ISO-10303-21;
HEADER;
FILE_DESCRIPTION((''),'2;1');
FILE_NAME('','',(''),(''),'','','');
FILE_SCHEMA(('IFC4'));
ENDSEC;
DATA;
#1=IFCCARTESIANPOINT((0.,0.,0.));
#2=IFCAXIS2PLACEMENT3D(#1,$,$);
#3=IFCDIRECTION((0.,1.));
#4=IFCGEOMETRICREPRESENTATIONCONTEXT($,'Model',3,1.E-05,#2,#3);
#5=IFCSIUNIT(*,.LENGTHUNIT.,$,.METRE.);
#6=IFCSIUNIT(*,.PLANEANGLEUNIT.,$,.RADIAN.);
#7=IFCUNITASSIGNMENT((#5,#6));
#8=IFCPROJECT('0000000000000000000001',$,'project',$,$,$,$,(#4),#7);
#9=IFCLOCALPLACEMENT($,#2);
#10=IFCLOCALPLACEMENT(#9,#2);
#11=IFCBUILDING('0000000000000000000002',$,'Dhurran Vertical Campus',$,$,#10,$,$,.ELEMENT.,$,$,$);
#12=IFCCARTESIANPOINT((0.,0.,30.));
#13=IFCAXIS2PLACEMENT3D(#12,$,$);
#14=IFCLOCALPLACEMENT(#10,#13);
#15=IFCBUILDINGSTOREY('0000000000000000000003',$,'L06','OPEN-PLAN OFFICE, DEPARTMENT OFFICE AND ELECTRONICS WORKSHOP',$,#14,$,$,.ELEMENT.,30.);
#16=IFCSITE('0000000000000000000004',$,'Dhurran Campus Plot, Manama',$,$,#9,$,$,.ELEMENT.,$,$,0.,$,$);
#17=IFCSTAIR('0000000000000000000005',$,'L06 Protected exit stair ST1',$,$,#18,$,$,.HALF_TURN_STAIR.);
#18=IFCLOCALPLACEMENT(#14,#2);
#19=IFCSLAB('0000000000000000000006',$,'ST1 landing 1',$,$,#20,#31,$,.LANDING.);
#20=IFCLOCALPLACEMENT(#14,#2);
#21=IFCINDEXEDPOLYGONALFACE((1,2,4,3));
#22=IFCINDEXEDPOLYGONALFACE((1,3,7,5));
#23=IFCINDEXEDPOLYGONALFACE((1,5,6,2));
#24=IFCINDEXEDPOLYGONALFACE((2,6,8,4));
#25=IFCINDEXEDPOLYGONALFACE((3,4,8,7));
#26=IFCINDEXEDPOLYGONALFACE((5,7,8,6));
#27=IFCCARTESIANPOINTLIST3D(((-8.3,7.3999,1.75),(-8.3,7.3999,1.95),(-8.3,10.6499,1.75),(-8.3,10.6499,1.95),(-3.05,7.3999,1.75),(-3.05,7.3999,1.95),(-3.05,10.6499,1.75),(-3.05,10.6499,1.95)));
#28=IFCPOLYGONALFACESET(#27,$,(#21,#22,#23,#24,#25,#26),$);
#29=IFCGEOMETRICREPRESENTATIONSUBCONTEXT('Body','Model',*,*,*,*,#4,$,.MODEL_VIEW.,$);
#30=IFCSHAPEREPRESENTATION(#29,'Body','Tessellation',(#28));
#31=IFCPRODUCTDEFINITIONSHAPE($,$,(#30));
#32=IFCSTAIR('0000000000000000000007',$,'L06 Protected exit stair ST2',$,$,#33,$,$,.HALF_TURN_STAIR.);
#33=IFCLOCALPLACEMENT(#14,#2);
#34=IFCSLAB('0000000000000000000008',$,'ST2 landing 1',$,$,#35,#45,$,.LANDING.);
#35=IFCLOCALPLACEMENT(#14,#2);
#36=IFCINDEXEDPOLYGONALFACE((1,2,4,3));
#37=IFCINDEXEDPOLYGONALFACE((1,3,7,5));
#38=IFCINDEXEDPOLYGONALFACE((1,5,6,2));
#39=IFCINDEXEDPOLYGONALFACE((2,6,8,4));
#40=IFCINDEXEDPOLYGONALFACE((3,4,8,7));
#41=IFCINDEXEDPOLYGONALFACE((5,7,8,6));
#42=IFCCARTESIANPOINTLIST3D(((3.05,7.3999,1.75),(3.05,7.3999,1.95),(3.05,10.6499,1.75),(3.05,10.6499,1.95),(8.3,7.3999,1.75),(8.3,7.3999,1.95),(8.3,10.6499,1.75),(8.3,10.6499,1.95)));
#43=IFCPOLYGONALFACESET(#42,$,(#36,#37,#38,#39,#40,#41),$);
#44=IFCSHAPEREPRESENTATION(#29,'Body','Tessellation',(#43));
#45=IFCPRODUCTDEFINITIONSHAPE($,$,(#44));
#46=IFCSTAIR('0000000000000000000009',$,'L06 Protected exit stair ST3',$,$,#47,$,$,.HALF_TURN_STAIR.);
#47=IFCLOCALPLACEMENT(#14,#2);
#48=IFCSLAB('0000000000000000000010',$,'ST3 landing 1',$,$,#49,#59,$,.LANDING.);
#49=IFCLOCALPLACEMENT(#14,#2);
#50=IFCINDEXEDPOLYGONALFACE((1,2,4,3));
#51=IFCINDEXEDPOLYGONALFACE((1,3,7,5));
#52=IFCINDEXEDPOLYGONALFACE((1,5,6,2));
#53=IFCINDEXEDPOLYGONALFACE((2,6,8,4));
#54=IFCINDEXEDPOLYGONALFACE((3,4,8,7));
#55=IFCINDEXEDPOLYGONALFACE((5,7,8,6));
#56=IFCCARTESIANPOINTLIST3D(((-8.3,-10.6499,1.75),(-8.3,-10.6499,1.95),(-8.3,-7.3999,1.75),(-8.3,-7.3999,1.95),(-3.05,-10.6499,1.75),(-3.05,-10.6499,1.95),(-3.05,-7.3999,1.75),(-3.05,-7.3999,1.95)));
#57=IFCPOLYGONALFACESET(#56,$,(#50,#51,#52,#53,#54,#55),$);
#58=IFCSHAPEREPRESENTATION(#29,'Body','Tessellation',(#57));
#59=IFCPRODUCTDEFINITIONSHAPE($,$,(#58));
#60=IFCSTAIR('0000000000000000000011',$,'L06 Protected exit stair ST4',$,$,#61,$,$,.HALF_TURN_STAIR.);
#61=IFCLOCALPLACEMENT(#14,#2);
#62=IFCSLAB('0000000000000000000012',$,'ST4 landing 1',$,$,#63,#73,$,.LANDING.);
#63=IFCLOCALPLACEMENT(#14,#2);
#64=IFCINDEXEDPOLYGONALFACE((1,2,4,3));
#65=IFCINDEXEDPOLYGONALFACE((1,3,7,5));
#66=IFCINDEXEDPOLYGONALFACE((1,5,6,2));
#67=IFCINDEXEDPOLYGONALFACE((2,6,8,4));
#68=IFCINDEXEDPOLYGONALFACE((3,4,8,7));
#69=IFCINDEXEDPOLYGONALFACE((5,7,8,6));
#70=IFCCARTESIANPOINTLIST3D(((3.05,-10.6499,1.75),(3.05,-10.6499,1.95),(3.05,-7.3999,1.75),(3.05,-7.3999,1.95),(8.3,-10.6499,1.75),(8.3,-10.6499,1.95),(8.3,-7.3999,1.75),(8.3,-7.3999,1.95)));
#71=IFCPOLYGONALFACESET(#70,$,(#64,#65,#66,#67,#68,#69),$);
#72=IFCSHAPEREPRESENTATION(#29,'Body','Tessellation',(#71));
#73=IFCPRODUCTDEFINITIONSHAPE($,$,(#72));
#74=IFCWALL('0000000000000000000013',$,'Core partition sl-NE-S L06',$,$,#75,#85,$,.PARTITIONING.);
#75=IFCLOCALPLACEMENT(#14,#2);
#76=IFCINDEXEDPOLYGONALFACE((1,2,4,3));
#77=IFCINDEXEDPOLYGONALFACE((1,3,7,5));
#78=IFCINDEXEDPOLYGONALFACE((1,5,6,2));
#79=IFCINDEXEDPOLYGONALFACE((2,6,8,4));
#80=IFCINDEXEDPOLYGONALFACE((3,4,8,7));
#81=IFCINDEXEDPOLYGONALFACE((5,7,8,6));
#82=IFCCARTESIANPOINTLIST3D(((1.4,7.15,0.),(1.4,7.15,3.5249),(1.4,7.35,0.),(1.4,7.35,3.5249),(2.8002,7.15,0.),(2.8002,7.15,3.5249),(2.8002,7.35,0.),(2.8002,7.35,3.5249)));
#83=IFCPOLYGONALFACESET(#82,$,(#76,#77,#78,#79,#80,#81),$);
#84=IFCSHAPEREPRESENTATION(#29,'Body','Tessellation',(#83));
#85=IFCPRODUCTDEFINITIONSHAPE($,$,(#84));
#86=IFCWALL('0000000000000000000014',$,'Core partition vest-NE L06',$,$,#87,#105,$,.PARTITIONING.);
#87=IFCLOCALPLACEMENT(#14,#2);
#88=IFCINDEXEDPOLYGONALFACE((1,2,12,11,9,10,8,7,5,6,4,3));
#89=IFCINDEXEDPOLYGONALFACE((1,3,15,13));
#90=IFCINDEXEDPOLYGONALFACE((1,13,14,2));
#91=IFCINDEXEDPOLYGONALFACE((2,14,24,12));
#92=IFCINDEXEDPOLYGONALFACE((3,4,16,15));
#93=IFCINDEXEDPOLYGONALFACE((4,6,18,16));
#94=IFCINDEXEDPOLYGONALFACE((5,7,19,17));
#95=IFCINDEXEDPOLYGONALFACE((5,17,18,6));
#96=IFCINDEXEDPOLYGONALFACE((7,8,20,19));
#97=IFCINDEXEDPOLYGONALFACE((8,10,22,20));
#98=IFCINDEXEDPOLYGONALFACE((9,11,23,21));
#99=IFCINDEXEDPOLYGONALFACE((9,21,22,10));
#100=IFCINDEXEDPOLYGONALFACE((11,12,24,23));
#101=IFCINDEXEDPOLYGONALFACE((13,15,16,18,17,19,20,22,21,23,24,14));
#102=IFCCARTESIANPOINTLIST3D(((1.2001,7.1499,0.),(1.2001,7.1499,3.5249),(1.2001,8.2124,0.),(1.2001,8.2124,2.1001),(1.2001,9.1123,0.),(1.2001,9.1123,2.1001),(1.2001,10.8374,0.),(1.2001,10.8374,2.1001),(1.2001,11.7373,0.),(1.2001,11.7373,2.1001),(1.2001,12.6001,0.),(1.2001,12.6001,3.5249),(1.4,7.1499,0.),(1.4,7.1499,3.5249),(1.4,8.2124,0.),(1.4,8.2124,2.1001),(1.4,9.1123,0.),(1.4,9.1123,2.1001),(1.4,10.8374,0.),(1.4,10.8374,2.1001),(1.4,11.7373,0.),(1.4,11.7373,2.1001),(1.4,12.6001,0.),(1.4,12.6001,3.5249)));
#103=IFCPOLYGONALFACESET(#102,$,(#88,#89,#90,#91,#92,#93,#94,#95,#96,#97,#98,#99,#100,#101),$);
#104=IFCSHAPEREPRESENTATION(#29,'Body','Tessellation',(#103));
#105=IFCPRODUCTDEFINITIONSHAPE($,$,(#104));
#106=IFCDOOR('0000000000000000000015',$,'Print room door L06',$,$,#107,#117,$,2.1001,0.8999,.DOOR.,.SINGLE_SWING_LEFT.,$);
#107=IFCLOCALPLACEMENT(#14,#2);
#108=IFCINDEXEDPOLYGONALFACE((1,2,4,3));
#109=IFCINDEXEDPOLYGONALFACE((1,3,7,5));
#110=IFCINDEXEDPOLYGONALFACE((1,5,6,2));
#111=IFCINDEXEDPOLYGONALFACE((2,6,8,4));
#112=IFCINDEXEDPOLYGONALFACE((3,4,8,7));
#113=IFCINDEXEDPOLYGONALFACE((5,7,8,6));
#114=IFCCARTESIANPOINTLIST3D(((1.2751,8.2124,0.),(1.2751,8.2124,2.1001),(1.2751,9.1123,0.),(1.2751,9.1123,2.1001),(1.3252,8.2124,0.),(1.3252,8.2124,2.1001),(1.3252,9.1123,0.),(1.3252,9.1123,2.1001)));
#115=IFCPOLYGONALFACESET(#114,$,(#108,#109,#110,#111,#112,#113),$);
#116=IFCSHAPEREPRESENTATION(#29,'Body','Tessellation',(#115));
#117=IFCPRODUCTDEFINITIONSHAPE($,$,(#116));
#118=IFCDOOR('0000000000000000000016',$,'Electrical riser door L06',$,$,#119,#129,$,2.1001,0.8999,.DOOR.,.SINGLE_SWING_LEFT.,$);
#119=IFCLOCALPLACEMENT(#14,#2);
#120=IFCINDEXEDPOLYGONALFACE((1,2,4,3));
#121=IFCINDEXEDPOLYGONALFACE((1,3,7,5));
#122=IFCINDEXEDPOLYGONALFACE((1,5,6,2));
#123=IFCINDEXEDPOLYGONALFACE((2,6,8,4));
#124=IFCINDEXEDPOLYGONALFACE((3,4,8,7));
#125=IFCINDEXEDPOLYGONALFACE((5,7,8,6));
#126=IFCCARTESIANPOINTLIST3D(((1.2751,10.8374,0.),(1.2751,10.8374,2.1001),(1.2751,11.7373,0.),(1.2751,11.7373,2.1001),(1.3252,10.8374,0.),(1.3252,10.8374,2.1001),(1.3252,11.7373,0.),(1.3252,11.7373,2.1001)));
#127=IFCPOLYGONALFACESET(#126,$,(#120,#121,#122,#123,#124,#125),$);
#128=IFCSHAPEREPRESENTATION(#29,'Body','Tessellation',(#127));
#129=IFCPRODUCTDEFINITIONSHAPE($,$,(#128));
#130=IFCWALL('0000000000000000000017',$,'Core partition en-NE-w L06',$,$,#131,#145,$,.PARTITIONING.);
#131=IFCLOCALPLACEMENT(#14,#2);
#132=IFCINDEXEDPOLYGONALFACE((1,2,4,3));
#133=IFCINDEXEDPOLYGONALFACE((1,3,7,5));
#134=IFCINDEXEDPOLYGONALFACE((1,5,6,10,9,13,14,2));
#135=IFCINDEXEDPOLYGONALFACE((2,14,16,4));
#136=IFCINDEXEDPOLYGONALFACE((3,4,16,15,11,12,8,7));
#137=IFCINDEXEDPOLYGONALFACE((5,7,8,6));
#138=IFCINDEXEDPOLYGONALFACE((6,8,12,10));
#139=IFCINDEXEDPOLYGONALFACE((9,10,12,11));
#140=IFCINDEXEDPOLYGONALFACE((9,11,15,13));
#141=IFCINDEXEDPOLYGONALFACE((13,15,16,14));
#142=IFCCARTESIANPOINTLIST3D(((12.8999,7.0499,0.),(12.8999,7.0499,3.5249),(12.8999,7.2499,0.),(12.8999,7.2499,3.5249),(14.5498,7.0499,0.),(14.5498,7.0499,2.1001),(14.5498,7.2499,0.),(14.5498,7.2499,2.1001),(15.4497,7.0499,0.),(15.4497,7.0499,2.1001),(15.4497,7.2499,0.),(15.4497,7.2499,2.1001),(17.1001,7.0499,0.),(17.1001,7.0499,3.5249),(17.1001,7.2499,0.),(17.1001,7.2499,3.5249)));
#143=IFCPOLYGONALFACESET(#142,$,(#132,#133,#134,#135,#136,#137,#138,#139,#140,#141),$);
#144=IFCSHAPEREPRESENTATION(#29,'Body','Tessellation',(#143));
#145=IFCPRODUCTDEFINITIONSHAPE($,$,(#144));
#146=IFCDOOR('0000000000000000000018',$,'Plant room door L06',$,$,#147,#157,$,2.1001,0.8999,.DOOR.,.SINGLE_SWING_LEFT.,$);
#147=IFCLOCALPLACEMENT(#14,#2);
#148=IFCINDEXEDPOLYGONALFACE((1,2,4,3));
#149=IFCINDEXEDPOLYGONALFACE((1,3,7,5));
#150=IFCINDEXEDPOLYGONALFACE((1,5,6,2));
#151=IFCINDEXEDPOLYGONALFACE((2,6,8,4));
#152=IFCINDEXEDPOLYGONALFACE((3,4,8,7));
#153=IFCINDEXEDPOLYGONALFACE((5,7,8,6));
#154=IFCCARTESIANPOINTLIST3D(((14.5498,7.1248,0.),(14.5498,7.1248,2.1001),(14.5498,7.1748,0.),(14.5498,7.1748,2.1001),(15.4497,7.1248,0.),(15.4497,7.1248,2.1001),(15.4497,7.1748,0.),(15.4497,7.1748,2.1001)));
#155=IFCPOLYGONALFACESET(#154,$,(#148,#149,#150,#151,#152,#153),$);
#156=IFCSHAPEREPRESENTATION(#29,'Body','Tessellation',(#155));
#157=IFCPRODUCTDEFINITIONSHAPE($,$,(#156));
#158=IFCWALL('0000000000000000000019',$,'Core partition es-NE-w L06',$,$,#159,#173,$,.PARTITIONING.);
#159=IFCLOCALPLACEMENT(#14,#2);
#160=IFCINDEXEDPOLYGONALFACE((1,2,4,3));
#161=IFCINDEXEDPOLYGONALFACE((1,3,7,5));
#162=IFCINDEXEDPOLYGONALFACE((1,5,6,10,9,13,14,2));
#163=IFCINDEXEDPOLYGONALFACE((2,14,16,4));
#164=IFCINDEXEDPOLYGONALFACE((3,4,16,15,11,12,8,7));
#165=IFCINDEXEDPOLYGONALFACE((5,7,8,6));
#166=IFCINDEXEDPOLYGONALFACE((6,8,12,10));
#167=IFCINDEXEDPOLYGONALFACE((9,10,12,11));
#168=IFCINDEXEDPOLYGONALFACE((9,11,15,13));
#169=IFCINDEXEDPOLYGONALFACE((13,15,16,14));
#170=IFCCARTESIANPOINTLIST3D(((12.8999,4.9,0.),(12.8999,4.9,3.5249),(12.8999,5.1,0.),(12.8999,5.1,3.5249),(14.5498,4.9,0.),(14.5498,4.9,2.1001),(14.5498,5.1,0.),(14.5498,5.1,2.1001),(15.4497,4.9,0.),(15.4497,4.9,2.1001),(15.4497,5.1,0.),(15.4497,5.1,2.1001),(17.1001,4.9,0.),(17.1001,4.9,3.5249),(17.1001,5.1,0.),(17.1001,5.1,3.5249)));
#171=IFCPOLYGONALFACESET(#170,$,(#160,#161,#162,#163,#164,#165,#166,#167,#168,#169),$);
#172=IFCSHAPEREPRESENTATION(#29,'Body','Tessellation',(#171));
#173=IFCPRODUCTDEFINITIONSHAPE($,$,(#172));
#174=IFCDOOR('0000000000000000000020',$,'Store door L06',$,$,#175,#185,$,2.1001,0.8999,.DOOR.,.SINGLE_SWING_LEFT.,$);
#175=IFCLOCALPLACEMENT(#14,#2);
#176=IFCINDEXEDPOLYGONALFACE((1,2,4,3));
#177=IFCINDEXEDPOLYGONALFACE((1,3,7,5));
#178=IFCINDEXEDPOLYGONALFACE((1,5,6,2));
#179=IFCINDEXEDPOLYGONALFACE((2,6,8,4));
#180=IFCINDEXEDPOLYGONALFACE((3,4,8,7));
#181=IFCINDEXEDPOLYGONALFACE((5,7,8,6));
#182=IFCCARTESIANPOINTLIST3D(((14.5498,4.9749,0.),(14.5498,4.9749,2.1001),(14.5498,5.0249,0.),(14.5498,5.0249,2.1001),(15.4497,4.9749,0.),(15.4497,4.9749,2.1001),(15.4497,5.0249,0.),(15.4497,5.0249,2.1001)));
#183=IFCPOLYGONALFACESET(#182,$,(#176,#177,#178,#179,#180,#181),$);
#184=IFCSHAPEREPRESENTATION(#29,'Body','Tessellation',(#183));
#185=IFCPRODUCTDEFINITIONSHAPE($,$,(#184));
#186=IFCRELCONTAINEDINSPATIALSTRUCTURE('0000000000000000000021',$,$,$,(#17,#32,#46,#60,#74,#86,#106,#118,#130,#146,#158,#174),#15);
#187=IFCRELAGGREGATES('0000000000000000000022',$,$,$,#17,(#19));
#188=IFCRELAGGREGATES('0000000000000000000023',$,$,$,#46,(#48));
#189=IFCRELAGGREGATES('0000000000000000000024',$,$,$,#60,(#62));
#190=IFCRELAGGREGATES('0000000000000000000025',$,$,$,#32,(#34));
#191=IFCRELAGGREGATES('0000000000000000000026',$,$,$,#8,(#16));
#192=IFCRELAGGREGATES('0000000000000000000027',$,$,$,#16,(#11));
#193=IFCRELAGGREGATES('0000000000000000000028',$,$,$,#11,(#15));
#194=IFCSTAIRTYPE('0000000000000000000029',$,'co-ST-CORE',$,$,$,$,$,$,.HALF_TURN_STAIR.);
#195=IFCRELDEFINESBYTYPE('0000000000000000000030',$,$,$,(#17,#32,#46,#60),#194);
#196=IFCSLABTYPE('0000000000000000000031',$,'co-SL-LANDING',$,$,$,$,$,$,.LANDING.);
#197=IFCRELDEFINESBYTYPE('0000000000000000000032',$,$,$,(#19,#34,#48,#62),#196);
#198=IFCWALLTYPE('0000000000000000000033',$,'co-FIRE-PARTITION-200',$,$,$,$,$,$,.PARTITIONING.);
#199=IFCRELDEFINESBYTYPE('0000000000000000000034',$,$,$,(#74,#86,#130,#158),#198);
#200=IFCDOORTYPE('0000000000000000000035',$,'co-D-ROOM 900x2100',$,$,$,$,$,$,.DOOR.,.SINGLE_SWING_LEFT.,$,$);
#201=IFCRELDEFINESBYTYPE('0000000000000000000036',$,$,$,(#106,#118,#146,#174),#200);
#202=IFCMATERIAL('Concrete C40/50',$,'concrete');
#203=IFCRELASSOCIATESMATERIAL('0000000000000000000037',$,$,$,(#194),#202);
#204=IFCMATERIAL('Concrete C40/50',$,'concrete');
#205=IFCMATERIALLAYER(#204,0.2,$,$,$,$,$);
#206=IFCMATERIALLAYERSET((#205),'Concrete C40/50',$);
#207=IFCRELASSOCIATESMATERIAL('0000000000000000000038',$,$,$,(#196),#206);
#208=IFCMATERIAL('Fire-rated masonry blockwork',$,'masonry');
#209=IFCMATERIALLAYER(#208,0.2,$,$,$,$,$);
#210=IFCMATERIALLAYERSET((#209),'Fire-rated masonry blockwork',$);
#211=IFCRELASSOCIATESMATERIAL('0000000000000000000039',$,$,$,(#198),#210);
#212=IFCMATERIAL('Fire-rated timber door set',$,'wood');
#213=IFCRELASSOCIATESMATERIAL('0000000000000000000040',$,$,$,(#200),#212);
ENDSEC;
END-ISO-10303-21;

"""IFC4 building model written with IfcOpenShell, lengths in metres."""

from ifc_helpers import new_model, si_unit, direction, frame, frame_2d, origin, place, context, subcontext, project, spatial, polyline, rectangle, outline, extrude, material, layer, layer_set, type_object, element, fill, aggregate, save


model = new_model("IFC4")

# Units and contexts
model_context = context("Model", 3, precision=1e-05, world=origin(), true_north=direction((0.0, 1.0)))
body_context = subcontext(model_context, "Body", "Model", "MODEL_VIEW")
ifc_project = project(units=[si_unit("LENGTHUNIT", "METRE"), si_unit("PLANEANGLEUNIT", "RADIAN")], contexts=[model_context])

# Site, building, storey
site_placement = place(None, origin())
site = spatial("IfcSite", under=ifc_project, at=site_placement, Name="Dhurran Campus Plot, Manama", CompositionType="ELEMENT", RefElevation=0.0)
building_placement = place(site_placement, origin())
building = spatial("IfcBuilding", under=site, at=building_placement, Name="Dhurran Vertical Campus", CompositionType="ELEMENT")
storey_placement = place(building_placement, frame((0.0, 0.0, 30.0)))
storey = spatial("IfcBuildingStorey", under=building, at=storey_placement, Name="L06", Description="OPEN-PLAN OFFICE, DEPARTMENT OFFICE AND ELECTRONICS WORKSHOP", CompositionType="ELEMENT", Elevation=30.0)

# Stairs, slabs
ifc_material_1 = material(Name="Concrete C40/50", Category="concrete")
stair_type = type_object("IfcStairType", Name="co-ST-CORE", PredefinedType="HALF_TURN_STAIR", material=ifc_material_1)
stair_1_placement = place(storey_placement, origin())
stair_1 = element("IfcStair", 1, at=stair_1_placement, inside=storey, type_object=stair_type, Name="L06 Protected exit stair ST1", PredefinedType="HALF_TURN_STAIR")
ifc_material_2 = material(Name="Concrete C40/50", Category="concrete")
ifc_layer_1 = layer(ifc_material_2, 0.2)
ifc_layer_set_1 = layer_set([ifc_layer_1], Name="Concrete C40/50")
slab_type = type_object("IfcSlabType", Name="co-SL-LANDING", PredefinedType="LANDING", material=ifc_layer_set_1)
slab_1_placement = place(storey_placement, frame((0.0, 0.0, 1.75)))
slab_1 = element("IfcSlab", 2, at=slab_1_placement, type_object=slab_type, Name="ST1 landing 1", PredefinedType="LANDING", context=body_context, shape_type="SweptSolid", body=[
    extrude(outline(polyline([(-8.3, 7.3999), (-3.05, 7.3999), (-3.05, 10.6499), (-8.3, 10.6499), (-8.3, 7.3999)])), origin(), (0.0, 0.0, 1.0), 0.2),
])
aggregate(stair_1, [slab_1])
stair_2_placement = place(storey_placement, origin())
stair_2 = element("IfcStair", 3, at=stair_2_placement, inside=storey, type_object=stair_type, Name="L06 Protected exit stair ST2", PredefinedType="HALF_TURN_STAIR")
slab_2_placement = place(storey_placement, frame((0.0, 0.0, 1.75)))
slab_2 = element("IfcSlab", 4, at=slab_2_placement, type_object=slab_type, Name="ST2 landing 1", PredefinedType="LANDING", context=body_context, shape_type="SweptSolid", body=[
    extrude(outline(polyline([(8.3, 10.6499), (3.05, 10.6499), (3.05, 7.3999), (8.3, 7.3999), (8.3, 10.6499)])), origin(), (0.0, 0.0, 1.0), 0.2),
])
stair_3_placement = place(storey_placement, origin())
stair_3 = element("IfcStair", 5, at=stair_3_placement, inside=storey, type_object=stair_type, Name="L06 Protected exit stair ST3", PredefinedType="HALF_TURN_STAIR")
slab_3_placement = place(storey_placement, frame((0.0, 0.0, 1.75)))
slab_3 = element("IfcSlab", 6, at=slab_3_placement, type_object=slab_type, Name="ST3 landing 1", PredefinedType="LANDING", context=body_context, shape_type="SweptSolid", body=[
    extrude(outline(polyline([(-8.3, -10.6499), (-3.05, -10.6499), (-3.05, -7.3999), (-8.3, -7.3999), (-8.3, -10.6499)])), origin(), (0.0, 0.0, 1.0), 0.2),
])
aggregate(stair_3, [slab_3])
stair_4_placement = place(storey_placement, origin())
stair_4 = element("IfcStair", 7, at=stair_4_placement, inside=storey, type_object=stair_type, Name="L06 Protected exit stair ST4", PredefinedType="HALF_TURN_STAIR")
slab_4_placement = place(storey_placement, frame((0.0, 0.0, 1.75)))
slab_4 = element("IfcSlab", 8, at=slab_4_placement, type_object=slab_type, Name="ST4 landing 1", PredefinedType="LANDING", context=body_context, shape_type="SweptSolid", body=[
    extrude(outline(polyline([(8.3, -7.3999), (3.05, -7.3999), (3.05, -10.6499), (8.3, -10.6499), (8.3, -7.3999)])), origin(), (0.0, 0.0, 1.0), 0.2),
])
aggregate(stair_4, [slab_4])

# Wall
ifc_material_3 = material(Name="Fire-rated masonry blockwork", Category="masonry")
ifc_layer_2 = layer(ifc_material_3, 0.2)
ifc_layer_set_2 = layer_set([ifc_layer_2], Name="Fire-rated masonry blockwork")
wall_type_1 = type_object("IfcWallType", Name="co-FIRE-PARTITION-200", PredefinedType="PARTITIONING", material=ifc_layer_set_2)
wall_1_placement = place(storey_placement, frame((1.3999, 7.25, 0.0), z_axis=(0.0, 0.0, 1.0), x_axis=(1.0, 0.0, 0.0)))
element("IfcWall", 9, at=wall_1_placement, inside=storey, type_object=wall_type_1, Name="Core partition sl-NE-S L06", PredefinedType="PARTITIONING", context=body_context, shape_type="SweptSolid", body=[
    extrude(rectangle(XDim=1.4001, YDim=0.2, at=frame_2d((0.7002, 0.0))), origin(), (0.0, 0.0, 1.0), 3.5249),
])

# Wall, openings, doors
wall_2_placement = place(storey_placement, frame((1.3, 7.1499, 0.0), z_axis=(0.0, 0.0, 1.0), x_axis=(0.0, 1.0, 0.0)))
wall_2 = element("IfcWall", 10, at=wall_2_placement, inside=storey, type_object=wall_type_1, Name="Core partition vest-NE L06", PredefinedType="PARTITIONING", context=body_context, shape_type="SweptSolid", body=[
    extrude(rectangle(XDim=5.4502, YDim=0.2, at=frame_2d((2.7251, 0.0))), origin(), (0.0, 0.0, 1.0), 3.5249),
])
opening_1_placement = place(wall_2_placement, frame((1.0625, 0.0, 0.0)))
opening_1 = element("IfcOpeningElement", 11, at=opening_1_placement, cuts=wall_2, PredefinedType="OPENING", context=body_context, shape_type="SweptSolid", body=[
    extrude(rectangle(XDim=0.8999, YDim=2.1001, at=frame_2d((0.45, 1.05))), frame((0.0, 0.1099, 0.0), z_axis=(0.0, -1.0, 0.0), x_axis=(1.0, 0.0, 0.0)), (0.0, 0.0, 1.0), 0.22),
])
opening_2_placement = place(wall_2_placement, frame((3.6875, 0.0, 0.0)))
opening_2 = element("IfcOpeningElement", 12, at=opening_2_placement, cuts=wall_2, PredefinedType="OPENING", context=body_context, shape_type="SweptSolid", body=[
    extrude(rectangle(XDim=0.8999, YDim=2.1001, at=frame_2d((0.45, 1.05))), frame((0.0, 0.1099, 0.0), z_axis=(0.0, -1.0, 0.0), x_axis=(1.0, 0.0, 0.0)), (0.0, 0.0, 1.0), 0.22),
])
ifc_material_4 = material(Name="Fire-rated timber door set", Category="wood")
door_type_1 = type_object("IfcDoorType", Name="co-D-ROOM 900x2100", OperationType="SINGLE_SWING_LEFT", PredefinedType="DOOR", material=ifc_material_4)
door_1_placement = place(opening_1_placement, origin())
door_1 = element("IfcDoor", 13, at=door_1_placement, inside=storey, type_object=door_type_1, Name="Print room door L06", OperationType="SINGLE_SWING_LEFT", OverallHeight=2.1001, OverallWidth=0.8999, PredefinedType="DOOR", context=body_context, shape_type="SweptSolid", body=[
    extrude(rectangle(XDim=0.8999, YDim=2.1001, at=frame_2d((0.45, 1.05))), frame((0.0, 0.0249, 0.0), z_axis=(0.0, -1.0, 0.0), x_axis=(1.0, 0.0, 0.0)), (0.0, 0.0, 1.0), 0.05),
])
fill(opening_1, door_1)
door_2_placement = place(opening_2_placement, origin())
door_2 = element("IfcDoor", 14, at=door_2_placement, inside=storey, type_object=door_type_1, Name="Electrical riser door L06", OperationType="SINGLE_SWING_LEFT", OverallHeight=2.1001, OverallWidth=0.8999, PredefinedType="DOOR", context=body_context, shape_type="SweptSolid", body=[
    extrude(rectangle(XDim=0.8999, YDim=2.1001, at=frame_2d((0.45, 1.05))), frame((0.0, 0.0249, 0.0), z_axis=(0.0, -1.0, 0.0), x_axis=(1.0, 0.0, 0.0)), (0.0, 0.0, 1.0), 0.05),
])
fill(opening_2, door_2)

# Walls, openings, doors
wall_3_placement = place(storey_placement, frame((12.8999, 7.1499, 0.0), z_axis=(0.0, 0.0, 1.0), x_axis=(1.0, 0.0, 0.0)))
wall_3 = element("IfcWall", 15, at=wall_3_placement, inside=storey, type_object=wall_type_1, Name="Core partition en-NE-w L06", PredefinedType="PARTITIONING", context=body_context, shape_type="SweptSolid", body=[
    extrude(rectangle(XDim=4.2002, YDim=0.2, at=frame_2d((2.1001, 0.0))), origin(), (0.0, 0.0, 1.0), 3.5249),
])
opening_3_placement = place(wall_3_placement, frame((1.6499, 0.0, 0.0)))
opening_3 = element("IfcOpeningElement", 16, at=opening_3_placement, cuts=wall_3, PredefinedType="OPENING", context=body_context, shape_type="SweptSolid", body=[
    extrude(rectangle(XDim=0.8999, YDim=2.1001, at=frame_2d((0.45, 1.05))), frame((0.0, 0.1099, 0.0), z_axis=(0.0, -1.0, 0.0), x_axis=(1.0, 0.0, 0.0)), (0.0, 0.0, 1.0), 0.22),
])
door_3_placement = place(opening_3_placement, origin())
door_3 = element("IfcDoor", 17, at=door_3_placement, inside=storey, type_object=door_type_1, Name="Plant room door L06", OperationType="SINGLE_SWING_LEFT", OverallHeight=2.1001, OverallWidth=0.8999, PredefinedType="DOOR", context=body_context, shape_type="SweptSolid", body=[
    extrude(rectangle(XDim=0.8999, YDim=2.1001, at=frame_2d((0.45, 1.05))), frame((0.0, 0.0249, 0.0), z_axis=(0.0, -1.0, 0.0), x_axis=(1.0, 0.0, 0.0)), (0.0, 0.0, 1.0), 0.05),
])
fill(opening_3, door_3)
wall_4_placement = place(storey_placement, frame((12.8999, 5.0, 0.0), z_axis=(0.0, 0.0, 1.0), x_axis=(1.0, 0.0, 0.0)))
wall_4 = element("IfcWall", 18, at=wall_4_placement, inside=storey, type_object=wall_type_1, Name="Core partition es-NE-w L06", PredefinedType="PARTITIONING", context=body_context, shape_type="SweptSolid", body=[
    extrude(rectangle(XDim=4.2002, YDim=0.2, at=frame_2d((2.1001, 0.0))), origin(), (0.0, 0.0, 1.0), 3.5249),
])
opening_4_placement = place(wall_4_placement, frame((1.6499, 0.0, 0.0)))
opening_4 = element("IfcOpeningElement", 19, at=opening_4_placement, cuts=wall_4, PredefinedType="OPENING", context=body_context, shape_type="SweptSolid", body=[
    extrude(rectangle(XDim=0.8999, YDim=2.1001, at=frame_2d((0.45, 1.05))), frame((0.0, 0.1099, 0.0), z_axis=(0.0, -1.0, 0.0), x_axis=(1.0, 0.0, 0.0)), (0.0, 0.0, 1.0), 0.22),
])
door_4_placement = place(opening_4_placement, origin())
door_4 = element("IfcDoor", 20, at=door_4_placement, inside=storey, type_object=door_type_1, Name="Store door L06", OperationType="SINGLE_SWING_LEFT", OverallHeight=2.1001, OverallWidth=0.8999, PredefinedType="DOOR", context=body_context, shape_type="SweptSolid", body=[
    extrude(rectangle(XDim=0.8999, YDim=2.1001, at=frame_2d((0.45, 1.05))), frame((0.0, 0.0249, 0.0), z_axis=(0.0, -1.0, 0.0), x_axis=(1.0, 0.0, 0.0)), (0.0, 0.0, 1.0), 0.05),
])
fill(opening_4, door_4)

aggregate(stair_2, [slab_2])

save(model, "model.ifc")
